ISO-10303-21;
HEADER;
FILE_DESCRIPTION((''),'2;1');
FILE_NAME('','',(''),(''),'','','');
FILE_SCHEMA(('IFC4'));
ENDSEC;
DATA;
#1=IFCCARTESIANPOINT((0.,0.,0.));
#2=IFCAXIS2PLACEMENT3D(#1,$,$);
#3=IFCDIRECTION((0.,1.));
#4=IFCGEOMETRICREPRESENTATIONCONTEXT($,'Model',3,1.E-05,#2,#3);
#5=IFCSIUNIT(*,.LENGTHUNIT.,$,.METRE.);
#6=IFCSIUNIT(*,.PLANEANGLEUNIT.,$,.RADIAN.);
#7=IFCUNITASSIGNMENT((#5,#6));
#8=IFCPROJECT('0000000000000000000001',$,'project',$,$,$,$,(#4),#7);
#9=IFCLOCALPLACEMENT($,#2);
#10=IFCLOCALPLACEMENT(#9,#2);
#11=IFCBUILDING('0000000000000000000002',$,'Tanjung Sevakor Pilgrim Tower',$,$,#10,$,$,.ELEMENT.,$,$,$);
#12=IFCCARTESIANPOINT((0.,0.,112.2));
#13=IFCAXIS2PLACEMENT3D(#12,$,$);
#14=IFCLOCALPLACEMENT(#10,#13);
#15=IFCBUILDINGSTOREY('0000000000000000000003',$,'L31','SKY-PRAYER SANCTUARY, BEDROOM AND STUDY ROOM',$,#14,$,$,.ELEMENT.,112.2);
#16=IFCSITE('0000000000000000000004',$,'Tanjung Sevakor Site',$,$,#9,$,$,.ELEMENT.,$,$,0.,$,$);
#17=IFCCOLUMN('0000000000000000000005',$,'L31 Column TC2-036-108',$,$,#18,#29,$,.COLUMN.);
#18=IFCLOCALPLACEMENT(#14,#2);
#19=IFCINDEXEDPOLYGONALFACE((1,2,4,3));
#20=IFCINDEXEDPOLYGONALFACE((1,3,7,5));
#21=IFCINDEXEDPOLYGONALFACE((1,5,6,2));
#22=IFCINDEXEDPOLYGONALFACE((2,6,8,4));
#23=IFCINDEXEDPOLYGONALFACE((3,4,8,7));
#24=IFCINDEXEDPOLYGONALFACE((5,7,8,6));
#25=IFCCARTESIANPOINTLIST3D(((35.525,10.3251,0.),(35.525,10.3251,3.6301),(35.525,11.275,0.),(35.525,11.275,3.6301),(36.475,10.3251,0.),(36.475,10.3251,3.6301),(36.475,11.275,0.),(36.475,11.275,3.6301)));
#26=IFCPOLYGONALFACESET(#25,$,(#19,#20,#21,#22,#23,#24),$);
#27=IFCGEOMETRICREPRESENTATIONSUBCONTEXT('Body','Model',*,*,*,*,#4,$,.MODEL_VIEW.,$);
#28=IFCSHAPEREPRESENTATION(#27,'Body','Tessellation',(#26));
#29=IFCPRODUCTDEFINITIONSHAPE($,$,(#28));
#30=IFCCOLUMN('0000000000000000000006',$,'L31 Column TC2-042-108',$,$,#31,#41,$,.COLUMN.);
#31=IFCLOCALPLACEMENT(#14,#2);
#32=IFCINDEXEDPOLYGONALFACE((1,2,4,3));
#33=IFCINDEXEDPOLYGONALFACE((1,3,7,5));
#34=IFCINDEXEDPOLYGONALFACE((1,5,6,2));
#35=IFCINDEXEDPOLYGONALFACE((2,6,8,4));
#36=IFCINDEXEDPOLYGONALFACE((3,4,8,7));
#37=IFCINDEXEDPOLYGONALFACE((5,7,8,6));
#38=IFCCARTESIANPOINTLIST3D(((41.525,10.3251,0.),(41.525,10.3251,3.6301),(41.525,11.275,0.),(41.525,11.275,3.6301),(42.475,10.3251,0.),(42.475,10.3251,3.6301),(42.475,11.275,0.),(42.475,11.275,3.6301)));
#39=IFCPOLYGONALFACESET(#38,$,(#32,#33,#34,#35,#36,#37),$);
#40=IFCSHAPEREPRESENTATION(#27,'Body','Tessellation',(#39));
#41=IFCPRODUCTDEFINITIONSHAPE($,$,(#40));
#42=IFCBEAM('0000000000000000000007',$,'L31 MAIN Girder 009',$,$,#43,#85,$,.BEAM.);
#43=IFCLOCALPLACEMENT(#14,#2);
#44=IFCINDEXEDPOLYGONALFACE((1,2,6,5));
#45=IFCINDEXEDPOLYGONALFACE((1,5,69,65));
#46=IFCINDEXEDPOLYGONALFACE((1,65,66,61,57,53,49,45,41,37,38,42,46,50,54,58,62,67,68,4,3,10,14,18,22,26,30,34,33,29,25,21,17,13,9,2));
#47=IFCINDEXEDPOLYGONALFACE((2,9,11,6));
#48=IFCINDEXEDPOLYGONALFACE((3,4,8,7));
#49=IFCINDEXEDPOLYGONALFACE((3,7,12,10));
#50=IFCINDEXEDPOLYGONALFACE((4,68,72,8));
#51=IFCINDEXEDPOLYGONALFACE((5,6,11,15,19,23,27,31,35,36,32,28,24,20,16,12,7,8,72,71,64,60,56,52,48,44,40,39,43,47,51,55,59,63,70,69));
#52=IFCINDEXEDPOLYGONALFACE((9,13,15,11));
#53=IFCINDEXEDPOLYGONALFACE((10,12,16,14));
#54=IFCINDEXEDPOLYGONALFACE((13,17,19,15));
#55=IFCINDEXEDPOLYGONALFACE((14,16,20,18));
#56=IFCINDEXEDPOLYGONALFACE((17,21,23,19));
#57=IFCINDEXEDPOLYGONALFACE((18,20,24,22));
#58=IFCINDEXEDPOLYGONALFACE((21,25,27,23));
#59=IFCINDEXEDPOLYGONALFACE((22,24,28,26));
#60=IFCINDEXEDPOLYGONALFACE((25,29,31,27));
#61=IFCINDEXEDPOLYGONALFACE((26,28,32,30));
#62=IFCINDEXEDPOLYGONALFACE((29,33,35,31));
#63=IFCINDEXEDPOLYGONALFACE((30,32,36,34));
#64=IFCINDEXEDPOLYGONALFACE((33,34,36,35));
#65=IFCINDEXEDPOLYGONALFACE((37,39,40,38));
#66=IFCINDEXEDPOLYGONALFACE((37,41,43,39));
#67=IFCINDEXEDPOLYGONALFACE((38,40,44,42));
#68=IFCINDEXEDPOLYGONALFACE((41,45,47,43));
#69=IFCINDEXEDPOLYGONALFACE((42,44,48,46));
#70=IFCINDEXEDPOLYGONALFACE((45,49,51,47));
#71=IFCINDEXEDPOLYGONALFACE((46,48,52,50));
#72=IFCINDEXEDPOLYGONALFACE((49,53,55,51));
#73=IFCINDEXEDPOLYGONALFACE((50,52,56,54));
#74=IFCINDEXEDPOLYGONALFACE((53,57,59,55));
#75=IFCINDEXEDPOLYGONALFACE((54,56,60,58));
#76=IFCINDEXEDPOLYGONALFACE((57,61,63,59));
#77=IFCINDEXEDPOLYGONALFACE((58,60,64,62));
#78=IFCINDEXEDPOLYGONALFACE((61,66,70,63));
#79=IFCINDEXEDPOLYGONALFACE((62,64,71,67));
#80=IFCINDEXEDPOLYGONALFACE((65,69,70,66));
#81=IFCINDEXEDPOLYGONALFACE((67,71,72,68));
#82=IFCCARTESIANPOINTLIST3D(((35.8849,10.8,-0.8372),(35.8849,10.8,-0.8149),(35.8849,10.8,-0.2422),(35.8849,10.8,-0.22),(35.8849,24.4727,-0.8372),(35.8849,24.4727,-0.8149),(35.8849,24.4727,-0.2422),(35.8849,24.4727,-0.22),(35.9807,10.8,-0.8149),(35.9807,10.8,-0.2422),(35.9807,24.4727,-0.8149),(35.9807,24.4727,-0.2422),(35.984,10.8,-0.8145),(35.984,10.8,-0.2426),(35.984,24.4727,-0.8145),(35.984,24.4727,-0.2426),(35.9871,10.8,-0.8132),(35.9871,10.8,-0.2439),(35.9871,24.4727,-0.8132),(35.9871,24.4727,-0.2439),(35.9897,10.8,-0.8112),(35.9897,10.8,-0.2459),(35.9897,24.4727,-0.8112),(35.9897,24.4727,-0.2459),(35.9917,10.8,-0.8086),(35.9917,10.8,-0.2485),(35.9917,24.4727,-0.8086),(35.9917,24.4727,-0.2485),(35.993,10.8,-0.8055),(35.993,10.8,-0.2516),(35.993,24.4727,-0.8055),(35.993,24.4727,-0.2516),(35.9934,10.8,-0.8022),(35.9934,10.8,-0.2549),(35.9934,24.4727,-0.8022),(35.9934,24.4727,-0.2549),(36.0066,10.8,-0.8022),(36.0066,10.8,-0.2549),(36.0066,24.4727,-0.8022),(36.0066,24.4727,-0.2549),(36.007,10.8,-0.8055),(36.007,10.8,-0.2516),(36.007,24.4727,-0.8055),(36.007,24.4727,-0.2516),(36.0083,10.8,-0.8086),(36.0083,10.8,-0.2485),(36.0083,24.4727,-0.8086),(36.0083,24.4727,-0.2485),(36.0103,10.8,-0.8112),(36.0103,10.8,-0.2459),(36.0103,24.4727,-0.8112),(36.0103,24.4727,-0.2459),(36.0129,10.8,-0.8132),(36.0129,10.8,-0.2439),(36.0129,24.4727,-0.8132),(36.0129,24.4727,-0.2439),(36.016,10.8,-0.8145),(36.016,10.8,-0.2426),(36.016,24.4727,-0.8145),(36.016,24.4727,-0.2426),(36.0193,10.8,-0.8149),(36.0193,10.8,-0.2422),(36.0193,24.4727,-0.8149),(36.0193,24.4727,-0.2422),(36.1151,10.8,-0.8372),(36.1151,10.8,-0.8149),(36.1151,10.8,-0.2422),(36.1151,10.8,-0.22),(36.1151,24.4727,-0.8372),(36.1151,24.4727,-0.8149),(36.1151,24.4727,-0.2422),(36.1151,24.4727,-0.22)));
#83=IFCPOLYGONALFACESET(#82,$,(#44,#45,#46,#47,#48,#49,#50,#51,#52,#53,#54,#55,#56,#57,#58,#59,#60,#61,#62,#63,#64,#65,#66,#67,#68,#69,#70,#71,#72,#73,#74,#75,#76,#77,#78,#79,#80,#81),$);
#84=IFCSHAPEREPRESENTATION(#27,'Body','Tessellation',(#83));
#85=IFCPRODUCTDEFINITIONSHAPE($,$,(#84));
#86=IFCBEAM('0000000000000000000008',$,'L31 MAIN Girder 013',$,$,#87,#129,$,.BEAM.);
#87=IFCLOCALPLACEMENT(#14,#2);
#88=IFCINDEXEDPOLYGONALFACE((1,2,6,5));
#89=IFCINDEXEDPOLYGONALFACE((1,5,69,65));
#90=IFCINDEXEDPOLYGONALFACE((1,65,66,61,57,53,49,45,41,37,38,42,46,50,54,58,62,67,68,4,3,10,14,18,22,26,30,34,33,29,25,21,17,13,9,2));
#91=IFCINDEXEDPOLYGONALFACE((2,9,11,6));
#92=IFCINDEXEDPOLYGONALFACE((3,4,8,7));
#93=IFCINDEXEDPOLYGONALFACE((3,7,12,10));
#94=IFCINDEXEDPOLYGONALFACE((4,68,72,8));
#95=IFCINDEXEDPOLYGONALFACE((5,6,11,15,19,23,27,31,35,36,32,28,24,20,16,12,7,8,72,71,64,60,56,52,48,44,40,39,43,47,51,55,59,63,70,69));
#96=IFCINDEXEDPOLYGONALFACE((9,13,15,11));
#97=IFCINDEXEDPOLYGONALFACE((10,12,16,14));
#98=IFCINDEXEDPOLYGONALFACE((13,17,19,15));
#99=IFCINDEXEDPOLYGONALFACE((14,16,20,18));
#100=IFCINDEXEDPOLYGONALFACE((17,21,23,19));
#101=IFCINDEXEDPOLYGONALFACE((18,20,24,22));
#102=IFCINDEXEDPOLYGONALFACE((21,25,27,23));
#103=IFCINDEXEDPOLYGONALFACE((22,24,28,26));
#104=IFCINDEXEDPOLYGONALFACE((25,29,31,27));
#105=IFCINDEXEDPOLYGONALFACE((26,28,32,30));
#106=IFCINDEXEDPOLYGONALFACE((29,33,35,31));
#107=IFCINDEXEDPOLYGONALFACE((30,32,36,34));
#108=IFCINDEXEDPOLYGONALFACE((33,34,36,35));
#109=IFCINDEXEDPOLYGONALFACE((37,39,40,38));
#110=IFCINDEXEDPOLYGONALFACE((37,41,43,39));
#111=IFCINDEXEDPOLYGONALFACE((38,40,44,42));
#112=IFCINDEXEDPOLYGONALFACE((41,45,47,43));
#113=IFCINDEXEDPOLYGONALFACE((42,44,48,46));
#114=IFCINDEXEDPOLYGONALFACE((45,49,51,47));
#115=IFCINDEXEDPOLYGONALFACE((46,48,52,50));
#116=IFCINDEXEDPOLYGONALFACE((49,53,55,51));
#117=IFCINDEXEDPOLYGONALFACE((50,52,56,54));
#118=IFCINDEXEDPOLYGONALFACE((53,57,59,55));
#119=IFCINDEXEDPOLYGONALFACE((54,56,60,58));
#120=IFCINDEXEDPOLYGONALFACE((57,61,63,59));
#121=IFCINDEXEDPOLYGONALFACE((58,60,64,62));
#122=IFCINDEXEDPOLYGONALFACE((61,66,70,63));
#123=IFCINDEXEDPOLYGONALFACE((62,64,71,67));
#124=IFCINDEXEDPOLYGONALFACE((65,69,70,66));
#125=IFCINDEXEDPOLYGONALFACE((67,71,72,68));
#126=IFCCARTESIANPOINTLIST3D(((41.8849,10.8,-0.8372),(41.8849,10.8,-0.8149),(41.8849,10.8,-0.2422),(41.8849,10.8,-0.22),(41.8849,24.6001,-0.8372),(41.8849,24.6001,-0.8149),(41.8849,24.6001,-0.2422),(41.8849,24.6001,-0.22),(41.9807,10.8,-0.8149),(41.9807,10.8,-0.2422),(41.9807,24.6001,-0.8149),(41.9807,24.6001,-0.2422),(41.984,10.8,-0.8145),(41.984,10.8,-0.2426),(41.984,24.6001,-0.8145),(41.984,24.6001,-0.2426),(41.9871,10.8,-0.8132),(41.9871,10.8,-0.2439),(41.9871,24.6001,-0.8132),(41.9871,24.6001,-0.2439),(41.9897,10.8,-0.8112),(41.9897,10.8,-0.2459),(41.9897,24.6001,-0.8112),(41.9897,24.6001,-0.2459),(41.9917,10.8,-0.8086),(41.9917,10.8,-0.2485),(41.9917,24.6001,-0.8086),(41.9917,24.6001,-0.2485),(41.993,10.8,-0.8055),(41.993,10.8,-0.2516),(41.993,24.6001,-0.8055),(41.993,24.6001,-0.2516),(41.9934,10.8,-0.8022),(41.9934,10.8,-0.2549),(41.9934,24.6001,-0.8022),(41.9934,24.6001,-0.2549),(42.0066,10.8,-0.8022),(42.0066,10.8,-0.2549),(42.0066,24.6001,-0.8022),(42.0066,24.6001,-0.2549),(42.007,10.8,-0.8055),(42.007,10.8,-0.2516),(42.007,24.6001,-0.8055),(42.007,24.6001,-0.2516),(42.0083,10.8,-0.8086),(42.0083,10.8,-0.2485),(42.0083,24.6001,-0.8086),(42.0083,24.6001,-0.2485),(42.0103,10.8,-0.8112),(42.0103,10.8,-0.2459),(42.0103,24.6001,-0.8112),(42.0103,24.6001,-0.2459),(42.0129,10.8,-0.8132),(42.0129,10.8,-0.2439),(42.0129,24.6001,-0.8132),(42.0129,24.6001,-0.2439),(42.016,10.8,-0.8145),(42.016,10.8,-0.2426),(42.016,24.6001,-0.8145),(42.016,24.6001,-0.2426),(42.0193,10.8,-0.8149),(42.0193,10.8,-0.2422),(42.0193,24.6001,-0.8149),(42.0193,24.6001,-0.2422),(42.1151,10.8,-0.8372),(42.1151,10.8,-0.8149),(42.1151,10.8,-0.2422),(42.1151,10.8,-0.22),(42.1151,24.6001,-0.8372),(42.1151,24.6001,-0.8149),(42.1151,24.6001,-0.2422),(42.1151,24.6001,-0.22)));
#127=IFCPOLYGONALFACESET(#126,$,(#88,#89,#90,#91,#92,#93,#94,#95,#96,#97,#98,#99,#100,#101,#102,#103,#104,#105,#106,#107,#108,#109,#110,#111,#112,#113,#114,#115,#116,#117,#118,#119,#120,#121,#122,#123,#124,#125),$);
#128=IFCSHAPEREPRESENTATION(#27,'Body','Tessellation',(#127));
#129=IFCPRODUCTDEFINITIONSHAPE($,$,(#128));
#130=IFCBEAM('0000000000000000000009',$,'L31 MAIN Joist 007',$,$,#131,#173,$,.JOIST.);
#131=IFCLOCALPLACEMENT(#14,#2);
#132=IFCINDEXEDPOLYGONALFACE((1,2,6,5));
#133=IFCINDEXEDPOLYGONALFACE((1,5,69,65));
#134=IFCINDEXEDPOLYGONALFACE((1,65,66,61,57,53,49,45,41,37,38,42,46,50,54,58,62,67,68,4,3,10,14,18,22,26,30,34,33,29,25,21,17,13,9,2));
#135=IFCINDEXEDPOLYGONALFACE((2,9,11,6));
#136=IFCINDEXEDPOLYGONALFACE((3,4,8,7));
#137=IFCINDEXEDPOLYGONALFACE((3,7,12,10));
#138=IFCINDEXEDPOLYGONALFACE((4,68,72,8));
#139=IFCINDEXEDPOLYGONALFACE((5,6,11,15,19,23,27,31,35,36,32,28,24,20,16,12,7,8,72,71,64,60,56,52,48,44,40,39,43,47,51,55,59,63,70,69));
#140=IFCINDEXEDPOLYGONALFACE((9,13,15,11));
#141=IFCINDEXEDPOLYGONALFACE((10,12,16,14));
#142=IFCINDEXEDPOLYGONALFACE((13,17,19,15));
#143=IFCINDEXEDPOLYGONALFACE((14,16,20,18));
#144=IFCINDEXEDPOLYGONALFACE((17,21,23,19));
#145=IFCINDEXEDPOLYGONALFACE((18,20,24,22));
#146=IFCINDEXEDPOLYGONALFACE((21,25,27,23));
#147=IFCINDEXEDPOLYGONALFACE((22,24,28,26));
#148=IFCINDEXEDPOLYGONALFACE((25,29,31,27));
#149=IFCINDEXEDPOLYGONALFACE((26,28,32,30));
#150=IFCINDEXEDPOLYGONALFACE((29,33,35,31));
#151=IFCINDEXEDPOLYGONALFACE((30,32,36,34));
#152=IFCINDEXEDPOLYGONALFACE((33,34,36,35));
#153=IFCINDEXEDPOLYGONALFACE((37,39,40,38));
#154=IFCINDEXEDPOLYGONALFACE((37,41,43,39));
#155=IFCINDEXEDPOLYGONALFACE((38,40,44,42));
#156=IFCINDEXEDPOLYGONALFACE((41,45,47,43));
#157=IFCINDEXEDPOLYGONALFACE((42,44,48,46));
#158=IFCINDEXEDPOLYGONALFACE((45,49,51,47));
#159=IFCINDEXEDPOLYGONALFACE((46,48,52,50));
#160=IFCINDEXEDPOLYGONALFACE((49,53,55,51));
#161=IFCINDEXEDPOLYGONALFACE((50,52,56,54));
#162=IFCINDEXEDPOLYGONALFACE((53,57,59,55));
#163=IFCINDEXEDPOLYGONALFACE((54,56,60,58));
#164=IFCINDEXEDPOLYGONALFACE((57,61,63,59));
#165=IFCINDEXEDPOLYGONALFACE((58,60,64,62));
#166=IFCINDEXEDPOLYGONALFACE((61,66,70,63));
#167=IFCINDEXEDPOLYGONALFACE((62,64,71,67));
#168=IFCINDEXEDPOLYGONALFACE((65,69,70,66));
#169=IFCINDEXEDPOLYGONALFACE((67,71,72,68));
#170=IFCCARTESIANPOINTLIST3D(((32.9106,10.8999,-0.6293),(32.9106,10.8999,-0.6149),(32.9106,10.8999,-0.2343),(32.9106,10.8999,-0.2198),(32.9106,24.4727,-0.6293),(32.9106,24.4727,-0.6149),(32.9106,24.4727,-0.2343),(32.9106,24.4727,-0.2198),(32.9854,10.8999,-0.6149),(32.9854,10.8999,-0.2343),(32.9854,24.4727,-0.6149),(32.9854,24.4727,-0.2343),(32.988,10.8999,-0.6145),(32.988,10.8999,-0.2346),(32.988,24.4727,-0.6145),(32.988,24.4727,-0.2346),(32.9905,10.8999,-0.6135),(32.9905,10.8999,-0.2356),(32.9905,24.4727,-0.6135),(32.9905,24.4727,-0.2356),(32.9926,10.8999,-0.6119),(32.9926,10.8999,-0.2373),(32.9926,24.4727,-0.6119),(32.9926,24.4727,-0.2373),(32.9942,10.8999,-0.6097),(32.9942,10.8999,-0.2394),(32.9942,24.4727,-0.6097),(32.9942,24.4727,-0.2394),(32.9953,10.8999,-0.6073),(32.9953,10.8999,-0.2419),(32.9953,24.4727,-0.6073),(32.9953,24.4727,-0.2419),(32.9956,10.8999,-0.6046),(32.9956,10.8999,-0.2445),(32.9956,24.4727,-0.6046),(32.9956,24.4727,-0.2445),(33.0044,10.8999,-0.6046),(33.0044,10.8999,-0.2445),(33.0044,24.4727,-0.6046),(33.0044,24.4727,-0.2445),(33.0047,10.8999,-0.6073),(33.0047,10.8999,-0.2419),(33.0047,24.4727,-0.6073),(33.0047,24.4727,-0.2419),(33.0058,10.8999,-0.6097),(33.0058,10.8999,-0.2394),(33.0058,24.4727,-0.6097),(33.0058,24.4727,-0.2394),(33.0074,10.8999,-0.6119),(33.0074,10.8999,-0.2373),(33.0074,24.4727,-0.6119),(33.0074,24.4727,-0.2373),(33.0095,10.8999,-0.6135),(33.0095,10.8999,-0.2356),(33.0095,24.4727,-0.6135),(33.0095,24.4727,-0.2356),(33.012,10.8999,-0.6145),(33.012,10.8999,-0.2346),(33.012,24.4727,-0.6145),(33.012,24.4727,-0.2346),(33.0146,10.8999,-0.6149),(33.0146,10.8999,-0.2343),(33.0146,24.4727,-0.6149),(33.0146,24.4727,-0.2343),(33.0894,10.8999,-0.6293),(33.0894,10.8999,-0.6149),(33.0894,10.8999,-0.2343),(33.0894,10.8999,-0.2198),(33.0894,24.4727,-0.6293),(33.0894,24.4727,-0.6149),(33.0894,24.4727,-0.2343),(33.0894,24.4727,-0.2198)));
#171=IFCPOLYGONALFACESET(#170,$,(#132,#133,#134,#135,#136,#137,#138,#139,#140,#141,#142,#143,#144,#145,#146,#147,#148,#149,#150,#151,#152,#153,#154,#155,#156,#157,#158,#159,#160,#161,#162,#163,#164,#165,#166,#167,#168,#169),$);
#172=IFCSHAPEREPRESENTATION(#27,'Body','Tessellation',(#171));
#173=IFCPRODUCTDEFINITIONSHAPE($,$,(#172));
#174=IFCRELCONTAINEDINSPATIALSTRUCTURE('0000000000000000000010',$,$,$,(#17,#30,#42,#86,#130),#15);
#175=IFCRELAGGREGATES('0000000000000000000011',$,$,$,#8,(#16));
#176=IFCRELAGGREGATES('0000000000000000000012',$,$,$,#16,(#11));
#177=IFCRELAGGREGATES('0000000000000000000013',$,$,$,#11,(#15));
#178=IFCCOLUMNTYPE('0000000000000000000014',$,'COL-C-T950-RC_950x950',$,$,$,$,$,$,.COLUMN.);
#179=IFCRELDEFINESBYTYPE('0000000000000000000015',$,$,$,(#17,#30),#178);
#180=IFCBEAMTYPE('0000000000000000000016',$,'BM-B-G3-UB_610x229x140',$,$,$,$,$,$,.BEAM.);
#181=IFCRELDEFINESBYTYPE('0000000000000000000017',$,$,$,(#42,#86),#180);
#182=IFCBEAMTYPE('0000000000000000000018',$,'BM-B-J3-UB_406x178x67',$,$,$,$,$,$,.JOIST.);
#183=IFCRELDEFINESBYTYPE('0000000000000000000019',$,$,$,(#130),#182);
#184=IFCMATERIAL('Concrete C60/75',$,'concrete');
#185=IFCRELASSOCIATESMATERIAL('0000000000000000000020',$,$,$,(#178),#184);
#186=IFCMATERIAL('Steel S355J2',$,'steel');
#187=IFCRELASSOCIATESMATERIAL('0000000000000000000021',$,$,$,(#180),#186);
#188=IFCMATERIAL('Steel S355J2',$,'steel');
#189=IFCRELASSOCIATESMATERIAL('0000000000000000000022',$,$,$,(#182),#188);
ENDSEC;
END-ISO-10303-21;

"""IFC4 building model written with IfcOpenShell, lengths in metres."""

from ifc_helpers import new_model, si_unit, direction, frame, origin, origin_2d, place, context, subcontext, project, spatial, rectangle, i_section, extrude, material, material_profile, profile_set, type_object, element, save


model = new_model("IFC4")

# Units and contexts
model_context = context("Model", 3, precision=1e-05, world=origin(), true_north=direction((0.0, 1.0)))
body_context = subcontext(model_context, "Body", "Model", "MODEL_VIEW")
ifc_project = project(units=[si_unit("LENGTHUNIT", "METRE"), si_unit("PLANEANGLEUNIT", "RADIAN")], contexts=[model_context])

# Site, building, storey
site_placement = place(None, origin())
site = spatial("IfcSite", under=ifc_project, at=site_placement, Name="Tanjung Sevakor Site", CompositionType="ELEMENT", RefElevation=0.0)
building_placement = place(site_placement, origin())
building = spatial("IfcBuilding", under=site, at=building_placement, Name="Tanjung Sevakor Pilgrim Tower", CompositionType="ELEMENT")
storey_placement = place(building_placement, frame((0.0, 0.0, 112.2)))
storey = spatial("IfcBuildingStorey", under=building, at=storey_placement, Name="L31", Description="SKY-PRAYER SANCTUARY, BEDROOM AND STUDY ROOM", CompositionType="ELEMENT", Elevation=112.2)

# Columns
ifc_material_1 = material(Name="Concrete C60/75", Category="concrete")
ifc_material_profile_1 = material_profile(ifc_material_1, rectangle(XDim=0.95, YDim=0.95, at=origin_2d()))
ifc_profile_set_1 = profile_set([ifc_material_profile_1], Name="Concrete C60/75")
column_type = type_object("IfcColumnType", Name="COL-C-T950-RC_950x950", PredefinedType="COLUMN", material=ifc_profile_set_1)
for number, where, z_axis, x_axis, name in (
    (1, (36.0, 10.8, 0.0), (0.0, 0.0, 1.0), (1.0, 0.0, 0.0), "L31 Column TC2-036-108"),
    (2, (42.0, 10.8, 0.0), (0.0, 0.0, 1.0), (1.0, 0.0, 0.0), "L31 Column TC2-042-108"),
):
    element("IfcColumn", number, at=place(storey_placement, frame(where, z_axis=z_axis, x_axis=x_axis)), inside=storey, type_object=column_type, Name=name, PredefinedType="COLUMN", context=body_context, shape_type="SweptSolid", body=[
        extrude(rectangle(XDim=0.95, YDim=0.95, at=origin_2d()), origin(), (0.0, 0.0, 1.0), 3.6301),
    ])

# Beams
ifc_material_2 = material(Name="Steel S355J2", Category="steel")
ifc_material_profile_2 = material_profile(ifc_material_2, i_section(OverallWidth=0.2302, OverallDepth=0.6172, WebThickness=0.0132, FlangeThickness=0.0222, FilletRadius=0.0127, at=origin_2d()))
ifc_profile_set_2 = profile_set([ifc_material_profile_2], Name="Steel S355J2")
beam_type_1 = type_object("IfcBeamType", Name="BM-B-G3-UB_610x229x140", PredefinedType="BEAM", material=ifc_profile_set_2)
beam_1_placement = place(storey_placement, frame((36.0, 10.8, -0.5286), z_axis=(0.0, 1.0, 0.0), x_axis=(-1.0, 0.0, 0.0)))
element("IfcBeam", 3, at=beam_1_placement, inside=storey, type_object=beam_type_1, Name="L31 MAIN Girder 009", PredefinedType="BEAM", context=body_context, shape_type="SweptSolid", body=[
    extrude(i_section(OverallWidth=0.2302, OverallDepth=0.6172, WebThickness=0.0132, FlangeThickness=0.0222, FilletRadius=0.0127, at=origin_2d()), origin(), (0.0, 0.0, 1.0), 13.6726),
])
beam_2_placement = place(storey_placement, frame((42.0, 10.8, -0.5286), z_axis=(0.0, 1.0, 0.0), x_axis=(-1.0, 0.0, 0.0)))
element("IfcBeam", 4, at=beam_2_placement, inside=storey, type_object=beam_type_1, Name="L31 MAIN Girder 013", PredefinedType="BEAM", context=body_context, shape_type="SweptSolid", body=[
    extrude(i_section(OverallWidth=0.2302, OverallDepth=0.6172, WebThickness=0.0132, FlangeThickness=0.0222, FilletRadius=0.0127, at=origin_2d()), origin(), (0.0, 0.0, 1.0), 13.8),
])
ifc_material_3 = material(Name="Steel S355J2", Category="steel")
ifc_material_profile_3 = material_profile(ifc_material_3, i_section(OverallWidth=0.1787, OverallDepth=0.4094, WebThickness=0.0088, FlangeThickness=0.0144, FilletRadius=0.0103, at=origin_2d()))
ifc_profile_set_3 = profile_set([ifc_material_profile_3], Name="Steel S355J2")
beam_type_2 = type_object("IfcBeamType", Name="BM-B-J3-UB_406x178x67", PredefinedType="JOIST", material=ifc_profile_set_3)
for number, where, z_axis, x_axis, name in (
    (5, (33.0, 10.8999, -0.4246), (0.0, 1.0, 0.0), (-1.0, 0.0, 0.0), "L31 MAIN Joist 007"),
):
    element("IfcBeam", number, at=place(storey_placement, frame(where, z_axis=z_axis, x_axis=x_axis)), inside=storey, type_object=beam_type_2, Name=name, PredefinedType="JOIST", context=body_context, shape_type="SweptSolid", body=[
        extrude(i_section(OverallWidth=0.1787, OverallDepth=0.4094, WebThickness=0.0088, FlangeThickness=0.0144, FilletRadius=0.0103, at=origin_2d()), origin(), (0.0, 0.0, 1.0), 13.5728),
    ])

save(model, "model.ifc")
